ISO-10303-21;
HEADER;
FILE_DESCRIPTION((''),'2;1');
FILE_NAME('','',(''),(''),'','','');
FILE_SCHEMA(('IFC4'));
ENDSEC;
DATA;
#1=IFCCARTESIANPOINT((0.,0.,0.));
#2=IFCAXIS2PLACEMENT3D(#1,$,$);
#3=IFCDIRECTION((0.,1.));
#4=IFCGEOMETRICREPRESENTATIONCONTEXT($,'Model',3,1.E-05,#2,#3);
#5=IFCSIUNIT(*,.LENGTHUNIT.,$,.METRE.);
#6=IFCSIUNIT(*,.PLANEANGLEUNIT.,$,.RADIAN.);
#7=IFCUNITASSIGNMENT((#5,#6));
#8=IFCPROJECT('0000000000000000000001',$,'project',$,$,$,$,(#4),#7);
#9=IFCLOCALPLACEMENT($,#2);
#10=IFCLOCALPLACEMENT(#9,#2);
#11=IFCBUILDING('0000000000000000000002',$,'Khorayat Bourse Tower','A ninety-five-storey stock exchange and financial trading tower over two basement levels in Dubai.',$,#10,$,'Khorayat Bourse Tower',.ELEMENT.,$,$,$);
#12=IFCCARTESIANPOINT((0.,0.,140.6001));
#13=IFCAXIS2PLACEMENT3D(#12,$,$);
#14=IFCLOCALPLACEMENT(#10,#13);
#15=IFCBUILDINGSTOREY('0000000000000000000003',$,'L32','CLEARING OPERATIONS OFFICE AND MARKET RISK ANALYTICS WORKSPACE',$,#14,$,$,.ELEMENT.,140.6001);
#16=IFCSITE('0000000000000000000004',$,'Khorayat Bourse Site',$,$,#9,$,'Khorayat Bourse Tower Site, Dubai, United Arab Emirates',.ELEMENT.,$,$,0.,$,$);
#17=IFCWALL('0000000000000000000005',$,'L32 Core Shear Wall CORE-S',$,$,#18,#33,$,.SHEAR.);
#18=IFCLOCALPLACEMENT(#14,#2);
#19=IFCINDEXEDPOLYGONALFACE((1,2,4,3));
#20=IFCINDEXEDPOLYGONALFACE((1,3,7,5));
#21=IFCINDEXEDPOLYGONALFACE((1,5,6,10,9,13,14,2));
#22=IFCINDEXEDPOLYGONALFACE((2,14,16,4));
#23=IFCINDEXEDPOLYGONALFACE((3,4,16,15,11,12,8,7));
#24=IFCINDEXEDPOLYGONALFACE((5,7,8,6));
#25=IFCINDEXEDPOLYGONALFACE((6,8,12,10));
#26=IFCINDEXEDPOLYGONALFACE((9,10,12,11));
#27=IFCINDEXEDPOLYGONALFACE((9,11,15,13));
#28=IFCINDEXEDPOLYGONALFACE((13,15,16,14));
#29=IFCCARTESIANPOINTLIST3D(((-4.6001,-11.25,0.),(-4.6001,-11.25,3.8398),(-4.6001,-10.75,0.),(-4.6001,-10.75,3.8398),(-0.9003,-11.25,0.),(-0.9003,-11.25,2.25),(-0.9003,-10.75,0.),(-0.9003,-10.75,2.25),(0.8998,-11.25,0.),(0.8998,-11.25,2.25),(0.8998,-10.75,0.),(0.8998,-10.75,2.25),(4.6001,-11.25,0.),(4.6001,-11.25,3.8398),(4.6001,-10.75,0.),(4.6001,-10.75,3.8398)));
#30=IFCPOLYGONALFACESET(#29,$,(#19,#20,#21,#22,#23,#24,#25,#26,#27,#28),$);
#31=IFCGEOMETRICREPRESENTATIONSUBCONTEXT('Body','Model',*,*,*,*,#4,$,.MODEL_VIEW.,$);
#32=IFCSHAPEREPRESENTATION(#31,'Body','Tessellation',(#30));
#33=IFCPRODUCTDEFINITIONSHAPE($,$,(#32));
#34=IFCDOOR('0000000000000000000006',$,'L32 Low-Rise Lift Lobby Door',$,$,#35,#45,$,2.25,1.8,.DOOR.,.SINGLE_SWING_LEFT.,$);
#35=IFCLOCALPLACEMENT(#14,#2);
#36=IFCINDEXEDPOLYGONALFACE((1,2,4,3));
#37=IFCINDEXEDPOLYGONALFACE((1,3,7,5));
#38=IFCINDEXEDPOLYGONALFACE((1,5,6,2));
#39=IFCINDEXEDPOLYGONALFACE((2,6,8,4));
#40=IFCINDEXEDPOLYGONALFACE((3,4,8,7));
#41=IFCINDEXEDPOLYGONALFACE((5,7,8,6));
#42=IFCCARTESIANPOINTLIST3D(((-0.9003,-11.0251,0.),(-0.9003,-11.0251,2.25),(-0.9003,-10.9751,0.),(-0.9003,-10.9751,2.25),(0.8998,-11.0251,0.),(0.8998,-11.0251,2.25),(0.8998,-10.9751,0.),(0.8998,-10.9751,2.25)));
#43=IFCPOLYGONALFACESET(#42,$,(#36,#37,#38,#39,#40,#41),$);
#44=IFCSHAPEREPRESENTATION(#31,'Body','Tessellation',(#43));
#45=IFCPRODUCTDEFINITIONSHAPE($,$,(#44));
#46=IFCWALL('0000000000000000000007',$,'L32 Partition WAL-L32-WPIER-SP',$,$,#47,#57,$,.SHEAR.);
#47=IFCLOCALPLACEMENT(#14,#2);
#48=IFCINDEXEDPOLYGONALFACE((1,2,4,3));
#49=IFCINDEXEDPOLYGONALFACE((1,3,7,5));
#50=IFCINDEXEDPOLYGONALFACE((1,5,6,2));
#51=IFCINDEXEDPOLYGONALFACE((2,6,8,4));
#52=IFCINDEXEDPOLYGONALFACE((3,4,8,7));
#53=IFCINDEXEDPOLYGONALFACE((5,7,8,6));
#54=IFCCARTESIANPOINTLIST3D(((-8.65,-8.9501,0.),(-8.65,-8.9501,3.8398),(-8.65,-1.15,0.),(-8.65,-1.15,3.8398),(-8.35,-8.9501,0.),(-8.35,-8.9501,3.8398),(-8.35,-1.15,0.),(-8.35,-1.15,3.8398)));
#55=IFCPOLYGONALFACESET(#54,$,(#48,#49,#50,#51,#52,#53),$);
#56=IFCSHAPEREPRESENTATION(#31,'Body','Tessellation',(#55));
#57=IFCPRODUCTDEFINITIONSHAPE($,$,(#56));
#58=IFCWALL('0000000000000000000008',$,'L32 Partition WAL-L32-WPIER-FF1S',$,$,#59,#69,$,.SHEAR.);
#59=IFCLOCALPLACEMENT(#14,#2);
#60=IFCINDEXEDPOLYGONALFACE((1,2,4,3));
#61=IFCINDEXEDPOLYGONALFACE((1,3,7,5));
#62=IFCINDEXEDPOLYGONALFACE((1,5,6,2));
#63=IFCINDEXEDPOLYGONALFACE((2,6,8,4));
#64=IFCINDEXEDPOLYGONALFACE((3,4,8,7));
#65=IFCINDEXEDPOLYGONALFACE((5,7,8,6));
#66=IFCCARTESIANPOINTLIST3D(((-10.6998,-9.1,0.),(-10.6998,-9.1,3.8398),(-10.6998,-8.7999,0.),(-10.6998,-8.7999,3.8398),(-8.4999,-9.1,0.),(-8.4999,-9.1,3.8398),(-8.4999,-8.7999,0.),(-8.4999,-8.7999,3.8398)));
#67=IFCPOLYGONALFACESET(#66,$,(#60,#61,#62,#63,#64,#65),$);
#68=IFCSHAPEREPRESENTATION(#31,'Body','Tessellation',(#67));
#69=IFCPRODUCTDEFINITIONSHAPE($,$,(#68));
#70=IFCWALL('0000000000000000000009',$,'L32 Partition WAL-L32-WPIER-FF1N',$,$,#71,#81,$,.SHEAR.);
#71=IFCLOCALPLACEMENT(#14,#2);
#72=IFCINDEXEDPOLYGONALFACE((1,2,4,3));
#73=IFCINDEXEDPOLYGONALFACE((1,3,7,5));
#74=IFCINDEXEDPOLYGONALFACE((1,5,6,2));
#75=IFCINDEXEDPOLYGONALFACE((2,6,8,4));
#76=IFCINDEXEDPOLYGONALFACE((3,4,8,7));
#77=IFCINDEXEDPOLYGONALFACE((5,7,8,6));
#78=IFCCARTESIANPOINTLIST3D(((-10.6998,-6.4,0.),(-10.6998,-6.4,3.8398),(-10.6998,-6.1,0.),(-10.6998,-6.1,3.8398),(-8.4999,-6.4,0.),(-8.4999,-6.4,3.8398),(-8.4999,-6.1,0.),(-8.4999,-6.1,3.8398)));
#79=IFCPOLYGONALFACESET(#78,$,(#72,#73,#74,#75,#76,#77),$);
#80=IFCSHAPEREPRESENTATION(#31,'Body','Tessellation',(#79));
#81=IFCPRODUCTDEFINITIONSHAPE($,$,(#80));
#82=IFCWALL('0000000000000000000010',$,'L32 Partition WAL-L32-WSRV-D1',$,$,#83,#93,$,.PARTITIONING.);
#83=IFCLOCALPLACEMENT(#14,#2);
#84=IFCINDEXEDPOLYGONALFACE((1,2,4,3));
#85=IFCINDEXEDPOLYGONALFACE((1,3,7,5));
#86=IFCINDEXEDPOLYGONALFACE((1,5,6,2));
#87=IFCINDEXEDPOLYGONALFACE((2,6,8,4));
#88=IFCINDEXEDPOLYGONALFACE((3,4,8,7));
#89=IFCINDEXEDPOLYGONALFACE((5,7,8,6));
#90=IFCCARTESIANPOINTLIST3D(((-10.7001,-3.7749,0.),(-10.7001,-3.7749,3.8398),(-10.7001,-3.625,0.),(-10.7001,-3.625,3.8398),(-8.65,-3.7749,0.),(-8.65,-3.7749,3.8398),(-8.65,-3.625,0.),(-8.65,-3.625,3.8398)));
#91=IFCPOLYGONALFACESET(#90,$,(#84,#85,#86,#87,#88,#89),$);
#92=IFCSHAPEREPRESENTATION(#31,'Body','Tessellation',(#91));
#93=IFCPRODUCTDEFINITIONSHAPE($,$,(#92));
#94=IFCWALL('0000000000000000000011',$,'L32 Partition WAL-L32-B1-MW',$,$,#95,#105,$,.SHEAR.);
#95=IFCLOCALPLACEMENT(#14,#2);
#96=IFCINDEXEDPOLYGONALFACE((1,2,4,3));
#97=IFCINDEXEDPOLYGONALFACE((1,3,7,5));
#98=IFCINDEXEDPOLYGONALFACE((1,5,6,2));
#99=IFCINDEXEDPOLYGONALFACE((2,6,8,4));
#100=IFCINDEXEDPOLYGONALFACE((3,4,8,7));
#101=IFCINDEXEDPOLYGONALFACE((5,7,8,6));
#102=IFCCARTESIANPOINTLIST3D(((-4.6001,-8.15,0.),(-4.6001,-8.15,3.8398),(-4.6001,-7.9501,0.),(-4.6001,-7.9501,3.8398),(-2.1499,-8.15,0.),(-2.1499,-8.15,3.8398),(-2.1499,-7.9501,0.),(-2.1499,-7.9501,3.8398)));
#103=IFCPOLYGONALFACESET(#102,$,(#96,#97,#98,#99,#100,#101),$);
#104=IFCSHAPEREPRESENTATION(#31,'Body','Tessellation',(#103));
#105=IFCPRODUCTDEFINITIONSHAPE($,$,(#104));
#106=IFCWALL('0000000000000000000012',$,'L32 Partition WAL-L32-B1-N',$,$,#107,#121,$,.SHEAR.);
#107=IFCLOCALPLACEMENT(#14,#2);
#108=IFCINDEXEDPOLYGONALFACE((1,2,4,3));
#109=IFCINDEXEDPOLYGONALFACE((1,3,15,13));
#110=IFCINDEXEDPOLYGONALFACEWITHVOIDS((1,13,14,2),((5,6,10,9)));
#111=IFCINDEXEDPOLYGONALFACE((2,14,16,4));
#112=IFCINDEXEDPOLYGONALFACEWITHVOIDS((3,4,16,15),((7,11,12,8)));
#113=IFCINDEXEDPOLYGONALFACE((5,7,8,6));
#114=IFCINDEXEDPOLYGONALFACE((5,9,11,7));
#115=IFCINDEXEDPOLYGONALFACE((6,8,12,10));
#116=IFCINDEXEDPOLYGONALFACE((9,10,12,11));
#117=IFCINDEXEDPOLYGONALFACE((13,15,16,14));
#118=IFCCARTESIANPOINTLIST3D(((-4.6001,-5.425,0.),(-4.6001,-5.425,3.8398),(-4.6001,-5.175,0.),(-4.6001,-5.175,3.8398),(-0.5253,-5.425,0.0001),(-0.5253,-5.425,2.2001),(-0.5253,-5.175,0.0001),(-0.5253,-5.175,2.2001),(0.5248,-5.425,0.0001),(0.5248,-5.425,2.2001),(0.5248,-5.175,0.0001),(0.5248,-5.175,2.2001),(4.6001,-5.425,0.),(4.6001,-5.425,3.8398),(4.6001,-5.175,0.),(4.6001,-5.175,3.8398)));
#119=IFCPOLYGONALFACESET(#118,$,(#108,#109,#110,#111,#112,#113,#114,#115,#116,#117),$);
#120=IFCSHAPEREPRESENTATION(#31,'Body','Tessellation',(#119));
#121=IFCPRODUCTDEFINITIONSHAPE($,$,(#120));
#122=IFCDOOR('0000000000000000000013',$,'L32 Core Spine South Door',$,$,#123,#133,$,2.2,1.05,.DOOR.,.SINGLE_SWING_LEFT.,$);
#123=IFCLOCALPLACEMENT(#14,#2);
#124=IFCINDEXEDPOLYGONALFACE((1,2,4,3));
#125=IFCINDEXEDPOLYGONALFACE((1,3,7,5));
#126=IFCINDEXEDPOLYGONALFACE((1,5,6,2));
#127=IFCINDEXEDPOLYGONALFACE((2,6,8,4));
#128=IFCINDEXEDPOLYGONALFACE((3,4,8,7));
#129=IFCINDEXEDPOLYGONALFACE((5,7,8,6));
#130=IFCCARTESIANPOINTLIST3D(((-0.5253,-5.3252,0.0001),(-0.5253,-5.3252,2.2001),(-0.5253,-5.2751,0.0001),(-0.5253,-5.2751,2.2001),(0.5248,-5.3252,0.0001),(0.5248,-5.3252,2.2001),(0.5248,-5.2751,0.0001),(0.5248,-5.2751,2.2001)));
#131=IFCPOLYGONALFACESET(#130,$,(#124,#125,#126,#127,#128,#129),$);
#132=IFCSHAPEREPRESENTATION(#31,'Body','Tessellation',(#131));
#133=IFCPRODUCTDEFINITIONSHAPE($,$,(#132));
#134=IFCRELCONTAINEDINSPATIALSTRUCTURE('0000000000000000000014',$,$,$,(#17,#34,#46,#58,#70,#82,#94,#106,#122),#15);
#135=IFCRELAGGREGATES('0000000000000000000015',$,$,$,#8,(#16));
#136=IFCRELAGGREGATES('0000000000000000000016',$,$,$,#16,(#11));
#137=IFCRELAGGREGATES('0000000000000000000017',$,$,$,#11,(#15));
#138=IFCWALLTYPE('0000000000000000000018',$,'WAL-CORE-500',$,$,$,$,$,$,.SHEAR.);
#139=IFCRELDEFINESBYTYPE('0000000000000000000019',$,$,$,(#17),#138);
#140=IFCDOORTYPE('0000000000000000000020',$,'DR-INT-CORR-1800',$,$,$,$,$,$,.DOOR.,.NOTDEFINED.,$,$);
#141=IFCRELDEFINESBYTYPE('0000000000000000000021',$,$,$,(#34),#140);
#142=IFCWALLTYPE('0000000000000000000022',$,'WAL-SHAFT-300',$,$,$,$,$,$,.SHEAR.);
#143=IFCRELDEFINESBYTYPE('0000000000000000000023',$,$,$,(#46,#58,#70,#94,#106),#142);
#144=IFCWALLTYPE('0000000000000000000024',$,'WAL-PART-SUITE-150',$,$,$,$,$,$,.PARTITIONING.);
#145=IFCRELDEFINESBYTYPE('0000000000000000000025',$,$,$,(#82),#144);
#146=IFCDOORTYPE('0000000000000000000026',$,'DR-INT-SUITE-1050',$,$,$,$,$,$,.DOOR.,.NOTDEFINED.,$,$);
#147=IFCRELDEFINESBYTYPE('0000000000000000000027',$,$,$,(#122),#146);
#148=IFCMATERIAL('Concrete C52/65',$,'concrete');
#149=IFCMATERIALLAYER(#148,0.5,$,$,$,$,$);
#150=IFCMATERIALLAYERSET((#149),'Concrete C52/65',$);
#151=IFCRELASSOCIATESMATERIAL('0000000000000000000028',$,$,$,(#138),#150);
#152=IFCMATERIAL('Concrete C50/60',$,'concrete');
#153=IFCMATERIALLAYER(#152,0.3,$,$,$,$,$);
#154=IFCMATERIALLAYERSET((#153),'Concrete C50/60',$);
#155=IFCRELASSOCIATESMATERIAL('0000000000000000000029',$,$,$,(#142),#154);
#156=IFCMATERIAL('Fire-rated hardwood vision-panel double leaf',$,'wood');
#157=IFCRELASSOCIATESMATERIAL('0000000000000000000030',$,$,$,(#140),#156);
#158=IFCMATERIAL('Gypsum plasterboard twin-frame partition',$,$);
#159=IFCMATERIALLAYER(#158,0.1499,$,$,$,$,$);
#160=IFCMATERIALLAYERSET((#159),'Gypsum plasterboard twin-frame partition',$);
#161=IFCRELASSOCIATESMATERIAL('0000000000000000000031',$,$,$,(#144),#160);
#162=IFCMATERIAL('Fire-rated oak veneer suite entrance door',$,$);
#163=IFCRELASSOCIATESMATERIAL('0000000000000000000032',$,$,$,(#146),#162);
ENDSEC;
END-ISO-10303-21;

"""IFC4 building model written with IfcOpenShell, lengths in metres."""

from ifc_helpers import new_model, si_unit, direction, frame, frame_2d, origin, place, context, subcontext, project, spatial, rectangle, extrude, source, transform, mapped, material, layer, layer_set, type_object, element, fill, save


model = new_model("IFC4")

# Units and contexts
model_context = context("Model", 3, precision=1e-05, world=origin(), true_north=direction((0.0, 1.0)))
body_context = subcontext(model_context, "Body", "Model", "MODEL_VIEW")
ifc_project = project(units=[si_unit("LENGTHUNIT", "METRE"), si_unit("PLANEANGLEUNIT", "RADIAN")], contexts=[model_context])

# Site, building, storey
site_placement = place(None, origin())
site = spatial("IfcSite", under=ifc_project, at=site_placement, Name="Khorayat Bourse Site", LongName="Khorayat Bourse Tower Site, Dubai, United Arab Emirates", CompositionType="ELEMENT", RefElevation=0.0)
building_placement = place(site_placement, origin())
building = spatial("IfcBuilding", under=site, at=building_placement, Name="Khorayat Bourse Tower", Description="A ninety-five-storey stock exchange and financial trading tower over two basement levels in Dubai.", LongName="Khorayat Bourse Tower", CompositionType="ELEMENT")
storey_placement = place(building_placement, frame((0.0, 0.0, 140.6001)))
storey = spatial("IfcBuildingStorey", under=building, at=storey_placement, Name="L32", Description="CLEARING OPERATIONS OFFICE AND MARKET RISK ANALYTICS WORKSPACE", CompositionType="ELEMENT", Elevation=140.6001)

# Shared definitions
ifc_material_1 = material(Name="Concrete C52/65", Category="concrete")
ifc_layer_1 = layer(ifc_material_1, 0.5)
ifc_layer_set_1 = layer_set([ifc_layer_1], Name="Concrete C52/65")
wall_type_1 = type_object("IfcWallType", Name="WAL-CORE-500", PredefinedType="SHEAR", material=ifc_layer_set_1)
ifc_material_2 = material(Name="Concrete C50/60", Category="concrete")
ifc_layer_2 = layer(ifc_material_2, 0.3)
ifc_layer_set_2 = layer_set([ifc_layer_2], Name="Concrete C50/60")
wall_type_2 = type_object("IfcWallType", Name="WAL-SHAFT-300", PredefinedType="SHEAR", material=ifc_layer_set_2)

# Wall, opening, door
shared_shape_1 = source(origin(), body_context, "Body", "SweptSolid", [
    extrude(rectangle(XDim=9.2002, YDim=0.5, at=frame_2d((4.6001, 0.0))), origin(), (0.0, 0.0, 1.0), 3.8398),
])
wall_1_placement = place(storey_placement, frame((-4.6001, -11.0, 0.0), z_axis=(0.0, 0.0, 1.0), x_axis=(1.0, 0.0, 0.0)))
wall_1 = element("IfcWall", 1, at=wall_1_placement, inside=storey, type_object=wall_type_1, Name="L32 Core Shear Wall CORE-S", PredefinedType="SHEAR", context=body_context, shape_type="MappedRepresentation", body=[
    mapped(shared_shape_1, transform((0.0, 0.0, 0.0), scale=1.0)),
])
shared_shape_2 = source(origin(), body_context, "Body", "SweptSolid", [
    extrude(rectangle(XDim=1.8, YDim=2.25, at=frame_2d((0.8999, 1.125))), frame((0.0, 0.26, 0.0), z_axis=(0.0, -1.0, 0.0), x_axis=(1.0, 0.0, 0.0)), (0.0, 0.0, 1.0), 0.52),
])
opening_1_placement = place(wall_1_placement, frame((3.7, 0.0, 0.0)))
opening_1 = element("IfcOpeningElement", 2, at=opening_1_placement, cuts=wall_1, PredefinedType="OPENING", context=body_context, shape_type="MappedRepresentation", body=[
    mapped(shared_shape_2, transform((0.0, 0.0, 0.0), scale=1.0)),
])
ifc_material_3 = material(Name="Fire-rated hardwood vision-panel double leaf", Category="wood")
door_type_1 = type_object("IfcDoorType", Name="DR-INT-CORR-1800", OperationType="NOTDEFINED", PredefinedType="DOOR", material=ifc_material_3)
shared_shape_3 = source(origin(), body_context, "Body", "SweptSolid", [
    extrude(rectangle(XDim=1.8, YDim=2.25, at=frame_2d((0.8999, 1.125))), frame((0.0, 0.0249, 0.0), z_axis=(0.0, -1.0, 0.0), x_axis=(1.0, 0.0, 0.0)), (0.0, 0.0, 1.0), 0.05),
])
door_1_placement = place(opening_1_placement, origin())
door_1 = element("IfcDoor", 3, at=door_1_placement, inside=storey, type_object=door_type_1, Name="L32 Low-Rise Lift Lobby Door", OperationType="SINGLE_SWING_LEFT", OverallHeight=2.25, OverallWidth=1.8, PredefinedType="DOOR", context=body_context, shape_type="MappedRepresentation", body=[
    mapped(shared_shape_3, transform((0.0, 0.0, 0.0), scale=1.0)),
])
fill(opening_1, door_1)

# Walls
shared_shape_4 = source(origin(), body_context, "Body", "SweptSolid", [
    extrude(rectangle(XDim=7.8, YDim=0.3, at=frame_2d((3.8999, 0.0))), origin(), (0.0, 0.0, 1.0), 3.8398),
])
wall_2_placement = place(storey_placement, frame((-8.5, -8.95, 0.0), z_axis=(0.0, 0.0, 1.0), x_axis=(0.0, 1.0, 0.0)))
element("IfcWall", 4, at=wall_2_placement, inside=storey, type_object=wall_type_2, Name="L32 Partition WAL-L32-WPIER-SP", PredefinedType="SHEAR", context=body_context, shape_type="MappedRepresentation", body=[
    mapped(shared_shape_4, transform((0.0, 0.0, 0.0), scale=1.0)),
])
shared_shape_5 = source(origin(), body_context, "Body", "SweptSolid", [
    extrude(rectangle(XDim=2.2, YDim=0.3, at=frame_2d((1.1001, 0.0))), origin(), (0.0, 0.0, 1.0), 3.8398),
])
for number, where, z_axis, x_axis, name in (
    (5, (-10.7, -8.95, 0.0), (0.0, 0.0, 1.0), (1.0, 0.0, 0.0), "L32 Partition WAL-L32-WPIER-FF1S"),
    (6, (-10.7, -6.25, 0.0), (0.0, 0.0, 1.0), (1.0, 0.0, 0.0), "L32 Partition WAL-L32-WPIER-FF1N"),
):
    element("IfcWall", number, at=place(storey_placement, frame(where, z_axis=z_axis, x_axis=x_axis)), inside=storey, type_object=wall_type_2, Name=name, PredefinedType="SHEAR", context=body_context, shape_type="MappedRepresentation", body=[
        mapped(shared_shape_5, transform((0.0, 0.0, 0.0), scale=1.0)),
    ])
ifc_material_4 = material(Name="Gypsum plasterboard twin-frame partition")
ifc_layer_3 = layer(ifc_material_4, 0.1499)
ifc_layer_set_3 = layer_set([ifc_layer_3], Name="Gypsum plasterboard twin-frame partition")
wall_type_3 = type_object("IfcWallType", Name="WAL-PART-SUITE-150", PredefinedType="PARTITIONING", material=ifc_layer_set_3)
shared_shape_6 = source(origin(), body_context, "Body", "SweptSolid", [
    extrude(rectangle(XDim=2.05, YDim=0.1499, at=frame_2d((1.0249, 0.0))), origin(), (0.0, 0.0, 1.0), 3.8398),
])
wall_3_placement = place(storey_placement, frame((-10.7, -3.7, 0.0), z_axis=(0.0, 0.0, 1.0), x_axis=(1.0, 0.0, 0.0)))
element("IfcWall", 7, at=wall_3_placement, inside=storey, type_object=wall_type_3, Name="L32 Partition WAL-L32-WSRV-D1", PredefinedType="PARTITIONING", context=body_context, shape_type="MappedRepresentation", body=[
    mapped(shared_shape_6, transform((0.0, 0.0, 0.0), scale=1.0)),
])
shared_shape_7 = source(origin(), body_context, "Body", "SweptSolid", [
    extrude(rectangle(XDim=2.4502, YDim=0.2, at=frame_2d((1.2251, 0.0))), origin(), (0.0, 0.0, 1.0), 3.8398),
])
wall_4_placement = place(storey_placement, frame((-4.6001, -8.05, 0.0), z_axis=(0.0, 0.0, 1.0), x_axis=(1.0, 0.0, 0.0)))
element("IfcWall", 8, at=wall_4_placement, inside=storey, type_object=wall_type_2, Name="L32 Partition WAL-L32-B1-MW", PredefinedType="SHEAR", context=body_context, shape_type="MappedRepresentation", body=[
    mapped(shared_shape_7, transform((0.0, 0.0, 0.0), scale=1.0)),
])

# Wall, opening, door
shared_shape_8 = source(origin(), body_context, "Body", "SweptSolid", [
    extrude(rectangle(XDim=9.2002, YDim=0.25, at=frame_2d((4.6001, 0.0))), origin(), (0.0, 0.0, 1.0), 3.8398),
])
wall_5_placement = place(storey_placement, frame((-4.6001, -5.3, 0.0), z_axis=(0.0, 0.0, 1.0), x_axis=(1.0, 0.0, 0.0)))
wall_5 = element("IfcWall", 9, at=wall_5_placement, inside=storey, type_object=wall_type_2, Name="L32 Partition WAL-L32-B1-N", PredefinedType="SHEAR", context=body_context, shape_type="MappedRepresentation", body=[
    mapped(shared_shape_8, transform((0.0, 0.0, 0.0), scale=1.0)),
])
shared_shape_9 = source(origin(), body_context, "Body", "SweptSolid", [
    extrude(rectangle(XDim=1.05, YDim=2.2, at=frame_2d((0.5249, 1.1001))), frame((0.0, 0.135, 0.0), z_axis=(0.0, -1.0, 0.0), x_axis=(1.0, 0.0, 0.0)), (0.0, 0.0, 1.0), 0.27),
])
opening_2_placement = place(wall_5_placement, frame((4.075, 0.0, 0.0)))
opening_2 = element("IfcOpeningElement", 10, at=opening_2_placement, cuts=wall_5, PredefinedType="OPENING", context=body_context, shape_type="MappedRepresentation", body=[
    mapped(shared_shape_9, transform((0.0, 0.0, 0.0), scale=1.0)),
])
ifc_material_5 = material(Name="Fire-rated oak veneer suite entrance door")
door_type_2 = type_object("IfcDoorType", Name="DR-INT-SUITE-1050", OperationType="NOTDEFINED", PredefinedType="DOOR", material=ifc_material_5)
shared_shape_10 = source(origin(), body_context, "Body", "SweptSolid", [
    extrude(rectangle(XDim=1.05, YDim=2.2, at=frame_2d((0.5249, 1.1001))), frame((0.0, 0.0249, 0.0), z_axis=(0.0, -1.0, 0.0), x_axis=(1.0, 0.0, 0.0)), (0.0, 0.0, 1.0), 0.05),
])
door_2_placement = place(opening_2_placement, origin())
door_2 = element("IfcDoor", 11, at=door_2_placement, inside=storey, type_object=door_type_2, Name="L32 Core Spine South Door", OperationType="SINGLE_SWING_LEFT", OverallHeight=2.2, OverallWidth=1.05, PredefinedType="DOOR", context=body_context, shape_type="MappedRepresentation", body=[
    mapped(shared_shape_10, transform((0.0, 0.0, 0.0), scale=1.0)),
])
fill(opening_2, door_2)

save(model, "model.ifc")
